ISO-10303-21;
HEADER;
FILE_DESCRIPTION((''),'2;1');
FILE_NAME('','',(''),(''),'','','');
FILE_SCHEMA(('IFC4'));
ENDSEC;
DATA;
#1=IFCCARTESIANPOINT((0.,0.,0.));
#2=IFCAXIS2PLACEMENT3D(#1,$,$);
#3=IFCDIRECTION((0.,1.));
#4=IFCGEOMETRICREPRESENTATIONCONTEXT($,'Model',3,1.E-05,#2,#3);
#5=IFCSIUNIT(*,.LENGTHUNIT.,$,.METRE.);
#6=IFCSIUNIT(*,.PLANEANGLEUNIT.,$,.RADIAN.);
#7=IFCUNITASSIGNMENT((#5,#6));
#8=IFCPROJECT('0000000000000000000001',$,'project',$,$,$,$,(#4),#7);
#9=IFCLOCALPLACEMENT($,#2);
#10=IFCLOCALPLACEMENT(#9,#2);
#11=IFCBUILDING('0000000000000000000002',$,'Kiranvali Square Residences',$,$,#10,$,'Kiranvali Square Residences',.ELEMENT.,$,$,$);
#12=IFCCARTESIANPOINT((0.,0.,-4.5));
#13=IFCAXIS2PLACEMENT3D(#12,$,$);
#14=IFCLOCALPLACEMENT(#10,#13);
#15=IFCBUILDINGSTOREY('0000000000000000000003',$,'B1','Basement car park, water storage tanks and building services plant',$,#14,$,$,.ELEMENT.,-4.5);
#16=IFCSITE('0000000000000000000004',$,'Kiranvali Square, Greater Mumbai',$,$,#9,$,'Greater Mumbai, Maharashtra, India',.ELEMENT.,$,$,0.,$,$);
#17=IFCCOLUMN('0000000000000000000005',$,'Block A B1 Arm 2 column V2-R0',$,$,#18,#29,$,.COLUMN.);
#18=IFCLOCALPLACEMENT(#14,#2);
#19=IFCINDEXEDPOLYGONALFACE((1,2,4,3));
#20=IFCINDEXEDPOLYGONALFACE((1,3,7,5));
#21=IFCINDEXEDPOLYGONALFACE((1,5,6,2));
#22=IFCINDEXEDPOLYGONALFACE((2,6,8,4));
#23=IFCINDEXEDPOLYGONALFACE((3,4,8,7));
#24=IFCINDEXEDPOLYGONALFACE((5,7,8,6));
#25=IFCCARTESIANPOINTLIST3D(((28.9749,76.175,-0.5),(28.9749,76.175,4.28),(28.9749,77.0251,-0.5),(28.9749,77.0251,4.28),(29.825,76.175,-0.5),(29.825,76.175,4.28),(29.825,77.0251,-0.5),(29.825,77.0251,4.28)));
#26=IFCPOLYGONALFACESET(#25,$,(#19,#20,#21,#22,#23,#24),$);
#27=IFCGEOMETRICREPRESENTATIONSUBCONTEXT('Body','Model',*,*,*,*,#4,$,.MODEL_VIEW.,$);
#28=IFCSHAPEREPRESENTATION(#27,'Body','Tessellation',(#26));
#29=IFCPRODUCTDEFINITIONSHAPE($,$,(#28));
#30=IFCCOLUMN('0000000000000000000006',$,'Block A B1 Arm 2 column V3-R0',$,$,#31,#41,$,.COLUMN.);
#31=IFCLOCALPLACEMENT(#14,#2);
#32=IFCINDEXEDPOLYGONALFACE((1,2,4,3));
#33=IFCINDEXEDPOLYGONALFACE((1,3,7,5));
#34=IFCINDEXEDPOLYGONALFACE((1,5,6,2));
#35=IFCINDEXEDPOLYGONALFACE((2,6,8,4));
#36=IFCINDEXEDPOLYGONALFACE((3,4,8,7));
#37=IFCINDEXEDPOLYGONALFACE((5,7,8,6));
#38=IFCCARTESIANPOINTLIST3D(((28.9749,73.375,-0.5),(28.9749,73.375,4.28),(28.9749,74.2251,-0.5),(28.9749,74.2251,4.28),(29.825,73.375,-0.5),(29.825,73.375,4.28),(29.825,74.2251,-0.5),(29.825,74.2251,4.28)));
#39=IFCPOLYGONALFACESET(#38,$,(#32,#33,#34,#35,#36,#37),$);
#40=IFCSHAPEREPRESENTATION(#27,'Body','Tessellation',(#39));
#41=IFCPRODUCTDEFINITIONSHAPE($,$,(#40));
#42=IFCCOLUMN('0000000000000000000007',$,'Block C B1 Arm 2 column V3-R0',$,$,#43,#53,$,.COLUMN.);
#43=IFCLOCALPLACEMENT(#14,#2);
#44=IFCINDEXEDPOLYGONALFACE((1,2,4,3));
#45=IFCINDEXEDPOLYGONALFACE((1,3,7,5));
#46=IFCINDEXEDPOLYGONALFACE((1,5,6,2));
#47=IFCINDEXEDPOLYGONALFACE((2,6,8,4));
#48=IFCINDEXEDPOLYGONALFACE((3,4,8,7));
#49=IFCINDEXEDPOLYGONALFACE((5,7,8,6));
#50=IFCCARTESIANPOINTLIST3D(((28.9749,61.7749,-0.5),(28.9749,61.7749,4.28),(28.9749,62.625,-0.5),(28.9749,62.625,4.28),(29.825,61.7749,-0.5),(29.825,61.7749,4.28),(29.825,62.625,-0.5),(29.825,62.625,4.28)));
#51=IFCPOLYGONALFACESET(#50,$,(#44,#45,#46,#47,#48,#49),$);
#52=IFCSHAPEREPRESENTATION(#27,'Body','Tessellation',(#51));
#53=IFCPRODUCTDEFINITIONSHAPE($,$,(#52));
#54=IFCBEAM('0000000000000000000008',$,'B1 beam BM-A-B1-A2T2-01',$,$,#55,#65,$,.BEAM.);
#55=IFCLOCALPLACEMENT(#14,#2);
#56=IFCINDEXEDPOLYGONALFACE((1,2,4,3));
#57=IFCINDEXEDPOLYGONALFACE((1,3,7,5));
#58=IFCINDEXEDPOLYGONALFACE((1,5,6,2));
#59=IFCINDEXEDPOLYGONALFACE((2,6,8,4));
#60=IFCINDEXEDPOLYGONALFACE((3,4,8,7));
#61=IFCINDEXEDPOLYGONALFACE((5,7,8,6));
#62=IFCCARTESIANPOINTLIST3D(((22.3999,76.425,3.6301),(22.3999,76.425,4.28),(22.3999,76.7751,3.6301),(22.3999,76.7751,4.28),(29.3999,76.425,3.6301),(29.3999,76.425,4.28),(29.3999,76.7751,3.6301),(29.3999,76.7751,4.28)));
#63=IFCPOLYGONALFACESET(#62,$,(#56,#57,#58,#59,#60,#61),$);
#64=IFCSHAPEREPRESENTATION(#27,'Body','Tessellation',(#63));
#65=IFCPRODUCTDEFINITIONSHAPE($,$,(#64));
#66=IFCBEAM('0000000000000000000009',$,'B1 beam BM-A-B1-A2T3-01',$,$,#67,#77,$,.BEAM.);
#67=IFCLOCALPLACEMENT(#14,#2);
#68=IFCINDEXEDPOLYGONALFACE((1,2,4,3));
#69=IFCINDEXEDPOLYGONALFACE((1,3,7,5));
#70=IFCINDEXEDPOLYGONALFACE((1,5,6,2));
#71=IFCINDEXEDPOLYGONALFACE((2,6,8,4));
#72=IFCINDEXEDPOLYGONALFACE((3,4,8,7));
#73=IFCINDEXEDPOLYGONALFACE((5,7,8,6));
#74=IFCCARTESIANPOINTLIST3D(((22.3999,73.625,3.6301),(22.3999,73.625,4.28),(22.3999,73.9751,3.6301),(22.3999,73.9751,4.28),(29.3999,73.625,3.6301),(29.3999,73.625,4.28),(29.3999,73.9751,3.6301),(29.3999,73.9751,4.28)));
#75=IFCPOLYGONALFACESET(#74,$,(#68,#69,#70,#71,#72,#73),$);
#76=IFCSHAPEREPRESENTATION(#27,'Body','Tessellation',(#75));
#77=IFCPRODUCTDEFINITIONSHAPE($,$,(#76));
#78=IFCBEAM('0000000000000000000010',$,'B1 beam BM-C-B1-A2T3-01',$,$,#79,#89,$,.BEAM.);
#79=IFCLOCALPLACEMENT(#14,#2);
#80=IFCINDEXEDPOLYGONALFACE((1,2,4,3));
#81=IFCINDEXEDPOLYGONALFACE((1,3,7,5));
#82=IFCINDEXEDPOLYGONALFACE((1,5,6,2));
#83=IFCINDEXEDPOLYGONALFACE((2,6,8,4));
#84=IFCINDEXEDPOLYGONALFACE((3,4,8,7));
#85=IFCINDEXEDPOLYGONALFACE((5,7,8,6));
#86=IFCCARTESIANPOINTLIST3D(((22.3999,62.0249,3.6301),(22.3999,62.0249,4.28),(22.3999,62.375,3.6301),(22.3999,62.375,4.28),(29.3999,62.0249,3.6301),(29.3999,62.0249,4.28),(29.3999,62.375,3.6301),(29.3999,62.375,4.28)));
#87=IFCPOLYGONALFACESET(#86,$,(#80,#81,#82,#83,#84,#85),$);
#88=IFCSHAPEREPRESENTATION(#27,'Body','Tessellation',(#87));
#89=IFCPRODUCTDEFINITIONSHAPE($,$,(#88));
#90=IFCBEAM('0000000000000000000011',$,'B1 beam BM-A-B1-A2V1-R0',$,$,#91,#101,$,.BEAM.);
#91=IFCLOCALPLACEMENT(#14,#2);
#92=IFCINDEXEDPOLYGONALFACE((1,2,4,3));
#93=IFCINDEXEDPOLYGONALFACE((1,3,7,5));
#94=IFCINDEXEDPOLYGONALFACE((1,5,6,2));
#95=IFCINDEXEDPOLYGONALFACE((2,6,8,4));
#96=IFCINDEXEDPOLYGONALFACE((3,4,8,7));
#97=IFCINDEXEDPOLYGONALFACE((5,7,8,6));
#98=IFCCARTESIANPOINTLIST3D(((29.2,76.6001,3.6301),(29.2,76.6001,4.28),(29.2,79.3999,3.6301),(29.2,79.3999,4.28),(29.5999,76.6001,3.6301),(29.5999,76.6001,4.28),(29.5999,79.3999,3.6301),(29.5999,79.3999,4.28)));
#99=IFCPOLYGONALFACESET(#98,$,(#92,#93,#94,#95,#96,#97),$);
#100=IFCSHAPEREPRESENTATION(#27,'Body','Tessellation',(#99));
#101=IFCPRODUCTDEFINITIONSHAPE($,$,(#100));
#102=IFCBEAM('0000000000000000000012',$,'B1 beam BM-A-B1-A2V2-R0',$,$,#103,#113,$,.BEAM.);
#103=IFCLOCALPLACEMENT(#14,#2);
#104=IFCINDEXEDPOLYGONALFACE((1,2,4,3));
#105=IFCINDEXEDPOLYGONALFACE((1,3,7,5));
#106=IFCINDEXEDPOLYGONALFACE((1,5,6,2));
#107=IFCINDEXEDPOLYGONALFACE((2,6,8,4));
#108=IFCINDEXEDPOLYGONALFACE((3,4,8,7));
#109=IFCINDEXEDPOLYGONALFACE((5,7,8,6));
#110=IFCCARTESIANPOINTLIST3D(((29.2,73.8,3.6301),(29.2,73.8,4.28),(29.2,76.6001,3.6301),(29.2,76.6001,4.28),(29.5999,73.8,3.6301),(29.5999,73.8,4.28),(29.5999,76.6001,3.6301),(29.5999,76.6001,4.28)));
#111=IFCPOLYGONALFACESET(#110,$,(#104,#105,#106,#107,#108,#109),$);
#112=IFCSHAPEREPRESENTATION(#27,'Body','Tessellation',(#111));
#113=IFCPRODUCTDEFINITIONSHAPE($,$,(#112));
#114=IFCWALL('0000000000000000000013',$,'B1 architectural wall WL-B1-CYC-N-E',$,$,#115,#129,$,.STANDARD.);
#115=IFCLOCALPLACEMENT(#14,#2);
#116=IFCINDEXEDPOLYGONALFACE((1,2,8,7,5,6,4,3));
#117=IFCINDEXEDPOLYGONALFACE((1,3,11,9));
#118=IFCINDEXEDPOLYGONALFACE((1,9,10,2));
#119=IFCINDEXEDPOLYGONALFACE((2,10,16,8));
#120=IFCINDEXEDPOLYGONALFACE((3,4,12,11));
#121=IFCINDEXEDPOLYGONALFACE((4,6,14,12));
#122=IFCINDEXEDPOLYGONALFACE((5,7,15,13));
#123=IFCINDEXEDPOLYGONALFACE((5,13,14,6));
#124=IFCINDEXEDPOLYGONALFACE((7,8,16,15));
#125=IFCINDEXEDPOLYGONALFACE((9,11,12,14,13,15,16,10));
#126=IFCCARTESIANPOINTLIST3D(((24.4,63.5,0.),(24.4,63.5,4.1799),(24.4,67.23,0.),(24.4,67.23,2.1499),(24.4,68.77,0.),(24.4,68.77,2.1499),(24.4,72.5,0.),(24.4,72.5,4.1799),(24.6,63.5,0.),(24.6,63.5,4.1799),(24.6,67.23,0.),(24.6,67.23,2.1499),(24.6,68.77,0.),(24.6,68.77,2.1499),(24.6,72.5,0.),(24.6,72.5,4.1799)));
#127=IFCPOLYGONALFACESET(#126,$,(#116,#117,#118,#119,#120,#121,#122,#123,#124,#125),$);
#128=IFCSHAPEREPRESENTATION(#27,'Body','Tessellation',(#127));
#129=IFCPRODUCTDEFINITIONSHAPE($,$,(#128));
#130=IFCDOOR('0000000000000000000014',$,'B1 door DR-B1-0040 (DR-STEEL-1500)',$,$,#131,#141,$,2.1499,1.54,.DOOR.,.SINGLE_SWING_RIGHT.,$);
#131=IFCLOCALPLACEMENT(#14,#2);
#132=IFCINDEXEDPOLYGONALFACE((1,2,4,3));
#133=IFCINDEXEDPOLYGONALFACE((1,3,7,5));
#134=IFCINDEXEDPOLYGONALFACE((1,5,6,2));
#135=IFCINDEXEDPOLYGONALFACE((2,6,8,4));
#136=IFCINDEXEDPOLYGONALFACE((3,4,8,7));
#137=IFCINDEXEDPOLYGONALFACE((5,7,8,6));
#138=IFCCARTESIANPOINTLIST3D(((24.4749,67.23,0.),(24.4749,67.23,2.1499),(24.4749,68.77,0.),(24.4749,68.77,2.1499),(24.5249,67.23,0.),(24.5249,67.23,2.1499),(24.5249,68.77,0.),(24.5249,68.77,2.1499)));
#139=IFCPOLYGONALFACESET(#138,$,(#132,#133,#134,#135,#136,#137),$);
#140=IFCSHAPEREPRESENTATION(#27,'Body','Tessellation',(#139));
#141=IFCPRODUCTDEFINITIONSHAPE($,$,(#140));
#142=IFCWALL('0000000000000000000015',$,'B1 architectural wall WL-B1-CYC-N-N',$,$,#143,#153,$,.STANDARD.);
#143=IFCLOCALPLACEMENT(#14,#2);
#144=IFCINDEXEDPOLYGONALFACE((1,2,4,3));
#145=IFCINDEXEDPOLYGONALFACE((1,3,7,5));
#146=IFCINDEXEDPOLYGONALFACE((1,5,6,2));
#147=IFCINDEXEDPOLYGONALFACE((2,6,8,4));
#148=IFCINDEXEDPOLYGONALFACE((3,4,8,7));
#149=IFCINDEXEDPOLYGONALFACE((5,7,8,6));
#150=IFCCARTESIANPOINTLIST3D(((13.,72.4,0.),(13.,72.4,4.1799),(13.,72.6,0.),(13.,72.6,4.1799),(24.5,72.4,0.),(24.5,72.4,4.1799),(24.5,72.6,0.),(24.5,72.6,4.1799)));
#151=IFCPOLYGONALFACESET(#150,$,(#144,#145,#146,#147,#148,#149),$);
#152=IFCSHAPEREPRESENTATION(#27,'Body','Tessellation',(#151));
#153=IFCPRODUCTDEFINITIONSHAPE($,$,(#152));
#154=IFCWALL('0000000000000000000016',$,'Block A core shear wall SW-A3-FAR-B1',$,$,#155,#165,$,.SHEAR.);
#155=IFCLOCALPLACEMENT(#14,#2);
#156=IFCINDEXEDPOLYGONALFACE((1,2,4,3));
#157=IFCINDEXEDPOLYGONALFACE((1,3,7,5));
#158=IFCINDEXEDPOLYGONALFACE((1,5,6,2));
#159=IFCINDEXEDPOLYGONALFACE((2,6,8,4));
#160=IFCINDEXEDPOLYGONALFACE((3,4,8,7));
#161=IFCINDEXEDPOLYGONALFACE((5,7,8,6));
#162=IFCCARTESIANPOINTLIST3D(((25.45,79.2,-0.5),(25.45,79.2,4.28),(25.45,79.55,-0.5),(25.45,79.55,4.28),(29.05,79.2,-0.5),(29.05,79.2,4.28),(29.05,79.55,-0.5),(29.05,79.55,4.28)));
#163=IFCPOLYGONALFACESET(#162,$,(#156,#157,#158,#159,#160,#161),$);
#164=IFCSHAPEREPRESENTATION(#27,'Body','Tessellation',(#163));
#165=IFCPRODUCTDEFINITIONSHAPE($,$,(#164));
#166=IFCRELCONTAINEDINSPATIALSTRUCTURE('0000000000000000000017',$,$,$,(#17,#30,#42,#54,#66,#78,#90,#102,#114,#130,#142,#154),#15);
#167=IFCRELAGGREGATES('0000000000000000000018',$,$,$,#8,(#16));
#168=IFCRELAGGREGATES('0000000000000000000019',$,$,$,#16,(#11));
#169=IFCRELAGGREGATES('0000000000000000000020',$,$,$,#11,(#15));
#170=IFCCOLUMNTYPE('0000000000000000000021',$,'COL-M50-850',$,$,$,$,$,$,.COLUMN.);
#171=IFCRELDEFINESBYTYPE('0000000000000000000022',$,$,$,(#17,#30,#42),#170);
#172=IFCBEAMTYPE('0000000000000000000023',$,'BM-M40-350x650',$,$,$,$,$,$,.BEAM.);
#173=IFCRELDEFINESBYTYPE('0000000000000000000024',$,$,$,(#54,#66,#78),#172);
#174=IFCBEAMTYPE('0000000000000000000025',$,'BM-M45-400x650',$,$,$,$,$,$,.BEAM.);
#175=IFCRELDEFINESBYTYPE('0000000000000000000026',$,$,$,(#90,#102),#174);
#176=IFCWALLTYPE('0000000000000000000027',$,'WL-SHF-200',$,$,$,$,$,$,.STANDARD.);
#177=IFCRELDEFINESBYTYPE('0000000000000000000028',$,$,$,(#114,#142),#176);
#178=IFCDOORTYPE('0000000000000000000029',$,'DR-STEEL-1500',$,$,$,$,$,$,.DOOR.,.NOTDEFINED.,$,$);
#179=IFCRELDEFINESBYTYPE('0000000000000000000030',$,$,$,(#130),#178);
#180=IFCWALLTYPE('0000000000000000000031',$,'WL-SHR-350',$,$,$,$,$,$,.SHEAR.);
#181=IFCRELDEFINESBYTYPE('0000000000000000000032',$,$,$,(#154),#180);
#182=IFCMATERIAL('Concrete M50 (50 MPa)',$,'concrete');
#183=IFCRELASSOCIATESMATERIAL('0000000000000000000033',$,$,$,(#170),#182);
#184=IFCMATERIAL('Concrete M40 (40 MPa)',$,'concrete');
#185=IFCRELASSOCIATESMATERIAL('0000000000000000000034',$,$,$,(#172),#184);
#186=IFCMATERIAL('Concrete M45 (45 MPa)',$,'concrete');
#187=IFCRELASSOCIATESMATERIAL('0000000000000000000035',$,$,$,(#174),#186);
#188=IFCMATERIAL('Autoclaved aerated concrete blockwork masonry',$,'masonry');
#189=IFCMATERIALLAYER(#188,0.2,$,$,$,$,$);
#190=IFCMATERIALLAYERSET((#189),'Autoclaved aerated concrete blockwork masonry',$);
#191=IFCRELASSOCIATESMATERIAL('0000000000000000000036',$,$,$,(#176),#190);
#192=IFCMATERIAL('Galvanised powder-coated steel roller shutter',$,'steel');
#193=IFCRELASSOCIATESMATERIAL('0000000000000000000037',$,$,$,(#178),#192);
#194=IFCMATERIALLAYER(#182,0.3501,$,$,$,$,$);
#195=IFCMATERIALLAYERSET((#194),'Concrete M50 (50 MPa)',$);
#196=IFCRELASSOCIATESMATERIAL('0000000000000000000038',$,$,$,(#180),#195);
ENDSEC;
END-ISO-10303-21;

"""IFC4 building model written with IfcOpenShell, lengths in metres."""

from ifc_helpers import new_model, si_unit, direction, frame, frame_2d, origin, origin_2d, place, context, subcontext, project, spatial, rectangle, extrude, material, layer, layer_set, material_profile, profile_set, type_object, element, fill, save


model = new_model("IFC4")

# Units and contexts
model_context = context("Model", 3, precision=1e-05, world=origin(), true_north=direction((0.0, 1.0)))
body_context = subcontext(model_context, "Body", "Model", "MODEL_VIEW")
ifc_project = project(units=[si_unit("LENGTHUNIT", "METRE"), si_unit("PLANEANGLEUNIT", "RADIAN")], contexts=[model_context])

# Site, building, storey
site_placement = place(None, origin())
site = spatial("IfcSite", under=ifc_project, at=site_placement, Name="Kiranvali Square, Greater Mumbai", LongName="Greater Mumbai, Maharashtra, India", CompositionType="ELEMENT", RefElevation=0.0)
building_placement = place(site_placement, origin())
building = spatial("IfcBuilding", under=site, at=building_placement, Name="Kiranvali Square Residences", LongName="Kiranvali Square Residences", CompositionType="ELEMENT")
storey_placement = place(building_placement, frame((0.0, 0.0, -4.5)))
storey = spatial("IfcBuildingStorey", under=building, at=storey_placement, Name="B1", Description="Basement car park, water storage tanks and building services plant", CompositionType="ELEMENT", Elevation=-4.5)

# Shared definitions
ifc_material_1 = material(Name="Concrete M40 (40 MPa)", Category="concrete")

# Columns
ifc_material_2 = material(Name="Concrete M45 (45 MPa)", Category="concrete")
ifc_material_3 = material(Name="Concrete M50 (50 MPa)", Category="concrete")
ifc_material_profile_1 = material_profile(ifc_material_3, rectangle(XDim=0.8501, YDim=0.8501, at=origin_2d()), Name="RC 850x850")
ifc_profile_set_1 = profile_set([ifc_material_profile_1], Name="Concrete M50 (50 MPa)")
column_type_1 = type_object("IfcColumnType", Name="COL-M50-850", PredefinedType="COLUMN", material=ifc_profile_set_1)
for number, where, z_axis, x_axis, name in (
    (1, (29.3999, 76.6001, -0.5), (0.0, 0.0, 1.0), (1.0, 0.0, 0.0), "Block A B1 Arm 2 column V2-R0"),
    (2, (29.3999, 73.8, -0.5), (0.0, 0.0, 1.0), (1.0, 0.0, 0.0), "Block A B1 Arm 2 column V3-R0"),
    (3, (29.3999, 62.2, -0.5), (0.0, 0.0, 1.0), (1.0, 0.0, 0.0), "Block C B1 Arm 2 column V3-R0"),
):
    element("IfcColumn", number, at=place(storey_placement, frame(where, z_axis=z_axis, x_axis=x_axis)), inside=storey, type_object=column_type_1, Name=name, PredefinedType="COLUMN", context=body_context, shape_type="SweptSolid", body=[
        extrude(rectangle(XDim=0.8501, YDim=0.8501, at=origin_2d()), origin(), (0.0, 0.0, 1.0), 4.78),
    ])

# Beams
ifc_material_profile_2 = material_profile(ifc_material_1, rectangle(XDim=0.3501, YDim=0.6499, at=origin_2d()), Name="RC 350x650")
ifc_profile_set_2 = profile_set([ifc_material_profile_2], Name="Concrete M40 (40 MPa)")
beam_type_1 = type_object("IfcBeamType", Name="BM-M40-350x650", PredefinedType="BEAM", material=ifc_profile_set_2)
for number, where, z_axis, x_axis, name in (
    (4, (29.3999, 76.6001, 3.9551), (-1.0, 0.0, 0.0), (0.0, -1.0, 0.0), "B1 beam BM-A-B1-A2T2-01"),
    (5, (29.3999, 73.8, 3.9551), (-1.0, 0.0, 0.0), (0.0, -1.0, 0.0), "B1 beam BM-A-B1-A2T3-01"),
    (6, (29.3999, 62.2, 3.9551), (-1.0, 0.0, 0.0), (0.0, -1.0, 0.0), "B1 beam BM-C-B1-A2T3-01"),
):
    element("IfcBeam", number, at=place(storey_placement, frame(where, z_axis=z_axis, x_axis=x_axis)), inside=storey, type_object=beam_type_1, Name=name, PredefinedType="BEAM", context=body_context, shape_type="SweptSolid", body=[
        extrude(rectangle(XDim=0.3501, YDim=0.6499, at=origin_2d()), origin(), (0.0, 0.0, 1.0), 7.0),
    ])
ifc_material_profile_3 = material_profile(ifc_material_2, rectangle(XDim=0.3999, YDim=0.6499, at=origin_2d()), Name="RC 400x650")
ifc_profile_set_3 = profile_set([ifc_material_profile_3], Name="Concrete M45 (45 MPa)")
beam_type_2 = type_object("IfcBeamType", Name="BM-M45-400x650", PredefinedType="BEAM", material=ifc_profile_set_3)
beam_1_placement = place(storey_placement, frame((29.3999, 79.3999, 3.9551), z_axis=(0.0, -1.0, 0.0), x_axis=(1.0, 0.0, 0.0)))
element("IfcBeam", 7, at=beam_1_placement, inside=storey, type_object=beam_type_2, Name="B1 beam BM-A-B1-A2V1-R0", PredefinedType="BEAM", context=body_context, shape_type="SweptSolid", body=[
    extrude(rectangle(XDim=0.3999, YDim=0.6499, at=origin_2d()), origin(), (0.0, 0.0, 1.0), 2.7998),
])
beam_2_placement = place(storey_placement, frame((29.3999, 76.6001, 3.9551), z_axis=(0.0, -1.0, 0.0), x_axis=(1.0, 0.0, 0.0)))
element("IfcBeam", 8, at=beam_2_placement, inside=storey, type_object=beam_type_2, Name="B1 beam BM-A-B1-A2V2-R0", PredefinedType="BEAM", context=body_context, shape_type="SweptSolid", body=[
    extrude(rectangle(XDim=0.3999, YDim=0.6499, at=origin_2d()), origin(), (0.0, 0.0, 1.0), 2.8),
])

# Wall, opening, door
ifc_material_4 = material(Name="Autoclaved aerated concrete blockwork masonry", Category="masonry")
ifc_layer_1 = layer(ifc_material_4, 0.2)
ifc_layer_set_1 = layer_set([ifc_layer_1], Name="Autoclaved aerated concrete blockwork masonry")
wall_type_1 = type_object("IfcWallType", Name="WL-SHF-200", PredefinedType="STANDARD", material=ifc_layer_set_1)
wall_1_placement = place(storey_placement, frame((24.5, 63.5, 0.0), z_axis=(0.0, 0.0, 1.0), x_axis=(0.0, 1.0, 0.0)))
wall_1 = element("IfcWall", 9, at=wall_1_placement, inside=storey, type_object=wall_type_1, Name="B1 architectural wall WL-B1-CYC-N-E", PredefinedType="STANDARD", context=body_context, shape_type="SweptSolid", body=[
    extrude(rectangle(XDim=9.0, YDim=0.2, at=frame_2d((4.5, 0.0))), origin(), (0.0, 0.0, 1.0), 4.1799),
])
opening_placement = place(wall_1_placement, frame((3.73, 0.0, 0.0)))
opening = element("IfcOpeningElement", 10, at=opening_placement, cuts=wall_1, PredefinedType="OPENING", context=body_context, shape_type="SweptSolid", body=[
    extrude(rectangle(XDim=1.54, YDim=2.1499, at=frame_2d((0.77, 1.075))), frame((0.0, 0.1099, 0.0), z_axis=(0.0, -1.0, 0.0), x_axis=(1.0, 0.0, 0.0)), (0.0, 0.0, 1.0), 0.22),
])
ifc_material_5 = material(Name="Galvanised powder-coated steel roller shutter", Category="steel")
door_type = type_object("IfcDoorType", Name="DR-STEEL-1500", OperationType="NOTDEFINED", PredefinedType="DOOR", material=ifc_material_5)
door_placement = place(opening_placement, frame((1.54, 0.0, 0.0), z_axis=(0.0, 0.0, 1.0), x_axis=(-1.0, 0.0, 0.0)))
door = element("IfcDoor", 11, at=door_placement, inside=storey, type_object=door_type, Name="B1 door DR-B1-0040 (DR-STEEL-1500)", OperationType="SINGLE_SWING_RIGHT", OverallHeight=2.1499, OverallWidth=1.54, PredefinedType="DOOR", context=body_context, shape_type="SweptSolid", body=[
    extrude(rectangle(XDim=1.54, YDim=2.1499, at=frame_2d((0.77, 1.075))), frame((0.0, 0.0249, 0.0), z_axis=(0.0, -1.0, 0.0), x_axis=(1.0, 0.0, 0.0)), (0.0, 0.0, 1.0), 0.05),
])
fill(opening, door)

# Walls
wall_2_placement = place(storey_placement, frame((24.5, 72.5, 0.0), z_axis=(0.0, 0.0, 1.0), x_axis=(-1.0, 0.0, 0.0)))
element("IfcWall", 12, at=wall_2_placement, inside=storey, type_object=wall_type_1, Name="B1 architectural wall WL-B1-CYC-N-N", PredefinedType="STANDARD", context=body_context, shape_type="SweptSolid", body=[
    extrude(rectangle(XDim=11.5, YDim=0.2, at=frame_2d((5.75, 0.0))), origin(), (0.0, 0.0, 1.0), 4.1799),
])
ifc_layer_2 = layer(ifc_material_3, 0.3501)
ifc_layer_set_2 = layer_set([ifc_layer_2], Name="Concrete M50 (50 MPa)")
wall_type_2 = type_object("IfcWallType", Name="WL-SHR-350", PredefinedType="SHEAR", material=ifc_layer_set_2)
wall_3_placement = place(storey_placement, frame((29.05, 79.375, -0.5), z_axis=(0.0, 0.0, 1.0), x_axis=(-1.0, 0.0, 0.0)))
element("IfcWall", 13, at=wall_3_placement, inside=storey, type_object=wall_type_2, Name="Block A core shear wall SW-A3-FAR-B1", PredefinedType="SHEAR", context=body_context, shape_type="SweptSolid", body=[
    extrude(rectangle(XDim=3.6001, YDim=0.3501, at=frame_2d((1.8, 0.0))), origin(), (0.0, 0.0, 1.0), 4.78),
])

save(model, "model.ifc")
